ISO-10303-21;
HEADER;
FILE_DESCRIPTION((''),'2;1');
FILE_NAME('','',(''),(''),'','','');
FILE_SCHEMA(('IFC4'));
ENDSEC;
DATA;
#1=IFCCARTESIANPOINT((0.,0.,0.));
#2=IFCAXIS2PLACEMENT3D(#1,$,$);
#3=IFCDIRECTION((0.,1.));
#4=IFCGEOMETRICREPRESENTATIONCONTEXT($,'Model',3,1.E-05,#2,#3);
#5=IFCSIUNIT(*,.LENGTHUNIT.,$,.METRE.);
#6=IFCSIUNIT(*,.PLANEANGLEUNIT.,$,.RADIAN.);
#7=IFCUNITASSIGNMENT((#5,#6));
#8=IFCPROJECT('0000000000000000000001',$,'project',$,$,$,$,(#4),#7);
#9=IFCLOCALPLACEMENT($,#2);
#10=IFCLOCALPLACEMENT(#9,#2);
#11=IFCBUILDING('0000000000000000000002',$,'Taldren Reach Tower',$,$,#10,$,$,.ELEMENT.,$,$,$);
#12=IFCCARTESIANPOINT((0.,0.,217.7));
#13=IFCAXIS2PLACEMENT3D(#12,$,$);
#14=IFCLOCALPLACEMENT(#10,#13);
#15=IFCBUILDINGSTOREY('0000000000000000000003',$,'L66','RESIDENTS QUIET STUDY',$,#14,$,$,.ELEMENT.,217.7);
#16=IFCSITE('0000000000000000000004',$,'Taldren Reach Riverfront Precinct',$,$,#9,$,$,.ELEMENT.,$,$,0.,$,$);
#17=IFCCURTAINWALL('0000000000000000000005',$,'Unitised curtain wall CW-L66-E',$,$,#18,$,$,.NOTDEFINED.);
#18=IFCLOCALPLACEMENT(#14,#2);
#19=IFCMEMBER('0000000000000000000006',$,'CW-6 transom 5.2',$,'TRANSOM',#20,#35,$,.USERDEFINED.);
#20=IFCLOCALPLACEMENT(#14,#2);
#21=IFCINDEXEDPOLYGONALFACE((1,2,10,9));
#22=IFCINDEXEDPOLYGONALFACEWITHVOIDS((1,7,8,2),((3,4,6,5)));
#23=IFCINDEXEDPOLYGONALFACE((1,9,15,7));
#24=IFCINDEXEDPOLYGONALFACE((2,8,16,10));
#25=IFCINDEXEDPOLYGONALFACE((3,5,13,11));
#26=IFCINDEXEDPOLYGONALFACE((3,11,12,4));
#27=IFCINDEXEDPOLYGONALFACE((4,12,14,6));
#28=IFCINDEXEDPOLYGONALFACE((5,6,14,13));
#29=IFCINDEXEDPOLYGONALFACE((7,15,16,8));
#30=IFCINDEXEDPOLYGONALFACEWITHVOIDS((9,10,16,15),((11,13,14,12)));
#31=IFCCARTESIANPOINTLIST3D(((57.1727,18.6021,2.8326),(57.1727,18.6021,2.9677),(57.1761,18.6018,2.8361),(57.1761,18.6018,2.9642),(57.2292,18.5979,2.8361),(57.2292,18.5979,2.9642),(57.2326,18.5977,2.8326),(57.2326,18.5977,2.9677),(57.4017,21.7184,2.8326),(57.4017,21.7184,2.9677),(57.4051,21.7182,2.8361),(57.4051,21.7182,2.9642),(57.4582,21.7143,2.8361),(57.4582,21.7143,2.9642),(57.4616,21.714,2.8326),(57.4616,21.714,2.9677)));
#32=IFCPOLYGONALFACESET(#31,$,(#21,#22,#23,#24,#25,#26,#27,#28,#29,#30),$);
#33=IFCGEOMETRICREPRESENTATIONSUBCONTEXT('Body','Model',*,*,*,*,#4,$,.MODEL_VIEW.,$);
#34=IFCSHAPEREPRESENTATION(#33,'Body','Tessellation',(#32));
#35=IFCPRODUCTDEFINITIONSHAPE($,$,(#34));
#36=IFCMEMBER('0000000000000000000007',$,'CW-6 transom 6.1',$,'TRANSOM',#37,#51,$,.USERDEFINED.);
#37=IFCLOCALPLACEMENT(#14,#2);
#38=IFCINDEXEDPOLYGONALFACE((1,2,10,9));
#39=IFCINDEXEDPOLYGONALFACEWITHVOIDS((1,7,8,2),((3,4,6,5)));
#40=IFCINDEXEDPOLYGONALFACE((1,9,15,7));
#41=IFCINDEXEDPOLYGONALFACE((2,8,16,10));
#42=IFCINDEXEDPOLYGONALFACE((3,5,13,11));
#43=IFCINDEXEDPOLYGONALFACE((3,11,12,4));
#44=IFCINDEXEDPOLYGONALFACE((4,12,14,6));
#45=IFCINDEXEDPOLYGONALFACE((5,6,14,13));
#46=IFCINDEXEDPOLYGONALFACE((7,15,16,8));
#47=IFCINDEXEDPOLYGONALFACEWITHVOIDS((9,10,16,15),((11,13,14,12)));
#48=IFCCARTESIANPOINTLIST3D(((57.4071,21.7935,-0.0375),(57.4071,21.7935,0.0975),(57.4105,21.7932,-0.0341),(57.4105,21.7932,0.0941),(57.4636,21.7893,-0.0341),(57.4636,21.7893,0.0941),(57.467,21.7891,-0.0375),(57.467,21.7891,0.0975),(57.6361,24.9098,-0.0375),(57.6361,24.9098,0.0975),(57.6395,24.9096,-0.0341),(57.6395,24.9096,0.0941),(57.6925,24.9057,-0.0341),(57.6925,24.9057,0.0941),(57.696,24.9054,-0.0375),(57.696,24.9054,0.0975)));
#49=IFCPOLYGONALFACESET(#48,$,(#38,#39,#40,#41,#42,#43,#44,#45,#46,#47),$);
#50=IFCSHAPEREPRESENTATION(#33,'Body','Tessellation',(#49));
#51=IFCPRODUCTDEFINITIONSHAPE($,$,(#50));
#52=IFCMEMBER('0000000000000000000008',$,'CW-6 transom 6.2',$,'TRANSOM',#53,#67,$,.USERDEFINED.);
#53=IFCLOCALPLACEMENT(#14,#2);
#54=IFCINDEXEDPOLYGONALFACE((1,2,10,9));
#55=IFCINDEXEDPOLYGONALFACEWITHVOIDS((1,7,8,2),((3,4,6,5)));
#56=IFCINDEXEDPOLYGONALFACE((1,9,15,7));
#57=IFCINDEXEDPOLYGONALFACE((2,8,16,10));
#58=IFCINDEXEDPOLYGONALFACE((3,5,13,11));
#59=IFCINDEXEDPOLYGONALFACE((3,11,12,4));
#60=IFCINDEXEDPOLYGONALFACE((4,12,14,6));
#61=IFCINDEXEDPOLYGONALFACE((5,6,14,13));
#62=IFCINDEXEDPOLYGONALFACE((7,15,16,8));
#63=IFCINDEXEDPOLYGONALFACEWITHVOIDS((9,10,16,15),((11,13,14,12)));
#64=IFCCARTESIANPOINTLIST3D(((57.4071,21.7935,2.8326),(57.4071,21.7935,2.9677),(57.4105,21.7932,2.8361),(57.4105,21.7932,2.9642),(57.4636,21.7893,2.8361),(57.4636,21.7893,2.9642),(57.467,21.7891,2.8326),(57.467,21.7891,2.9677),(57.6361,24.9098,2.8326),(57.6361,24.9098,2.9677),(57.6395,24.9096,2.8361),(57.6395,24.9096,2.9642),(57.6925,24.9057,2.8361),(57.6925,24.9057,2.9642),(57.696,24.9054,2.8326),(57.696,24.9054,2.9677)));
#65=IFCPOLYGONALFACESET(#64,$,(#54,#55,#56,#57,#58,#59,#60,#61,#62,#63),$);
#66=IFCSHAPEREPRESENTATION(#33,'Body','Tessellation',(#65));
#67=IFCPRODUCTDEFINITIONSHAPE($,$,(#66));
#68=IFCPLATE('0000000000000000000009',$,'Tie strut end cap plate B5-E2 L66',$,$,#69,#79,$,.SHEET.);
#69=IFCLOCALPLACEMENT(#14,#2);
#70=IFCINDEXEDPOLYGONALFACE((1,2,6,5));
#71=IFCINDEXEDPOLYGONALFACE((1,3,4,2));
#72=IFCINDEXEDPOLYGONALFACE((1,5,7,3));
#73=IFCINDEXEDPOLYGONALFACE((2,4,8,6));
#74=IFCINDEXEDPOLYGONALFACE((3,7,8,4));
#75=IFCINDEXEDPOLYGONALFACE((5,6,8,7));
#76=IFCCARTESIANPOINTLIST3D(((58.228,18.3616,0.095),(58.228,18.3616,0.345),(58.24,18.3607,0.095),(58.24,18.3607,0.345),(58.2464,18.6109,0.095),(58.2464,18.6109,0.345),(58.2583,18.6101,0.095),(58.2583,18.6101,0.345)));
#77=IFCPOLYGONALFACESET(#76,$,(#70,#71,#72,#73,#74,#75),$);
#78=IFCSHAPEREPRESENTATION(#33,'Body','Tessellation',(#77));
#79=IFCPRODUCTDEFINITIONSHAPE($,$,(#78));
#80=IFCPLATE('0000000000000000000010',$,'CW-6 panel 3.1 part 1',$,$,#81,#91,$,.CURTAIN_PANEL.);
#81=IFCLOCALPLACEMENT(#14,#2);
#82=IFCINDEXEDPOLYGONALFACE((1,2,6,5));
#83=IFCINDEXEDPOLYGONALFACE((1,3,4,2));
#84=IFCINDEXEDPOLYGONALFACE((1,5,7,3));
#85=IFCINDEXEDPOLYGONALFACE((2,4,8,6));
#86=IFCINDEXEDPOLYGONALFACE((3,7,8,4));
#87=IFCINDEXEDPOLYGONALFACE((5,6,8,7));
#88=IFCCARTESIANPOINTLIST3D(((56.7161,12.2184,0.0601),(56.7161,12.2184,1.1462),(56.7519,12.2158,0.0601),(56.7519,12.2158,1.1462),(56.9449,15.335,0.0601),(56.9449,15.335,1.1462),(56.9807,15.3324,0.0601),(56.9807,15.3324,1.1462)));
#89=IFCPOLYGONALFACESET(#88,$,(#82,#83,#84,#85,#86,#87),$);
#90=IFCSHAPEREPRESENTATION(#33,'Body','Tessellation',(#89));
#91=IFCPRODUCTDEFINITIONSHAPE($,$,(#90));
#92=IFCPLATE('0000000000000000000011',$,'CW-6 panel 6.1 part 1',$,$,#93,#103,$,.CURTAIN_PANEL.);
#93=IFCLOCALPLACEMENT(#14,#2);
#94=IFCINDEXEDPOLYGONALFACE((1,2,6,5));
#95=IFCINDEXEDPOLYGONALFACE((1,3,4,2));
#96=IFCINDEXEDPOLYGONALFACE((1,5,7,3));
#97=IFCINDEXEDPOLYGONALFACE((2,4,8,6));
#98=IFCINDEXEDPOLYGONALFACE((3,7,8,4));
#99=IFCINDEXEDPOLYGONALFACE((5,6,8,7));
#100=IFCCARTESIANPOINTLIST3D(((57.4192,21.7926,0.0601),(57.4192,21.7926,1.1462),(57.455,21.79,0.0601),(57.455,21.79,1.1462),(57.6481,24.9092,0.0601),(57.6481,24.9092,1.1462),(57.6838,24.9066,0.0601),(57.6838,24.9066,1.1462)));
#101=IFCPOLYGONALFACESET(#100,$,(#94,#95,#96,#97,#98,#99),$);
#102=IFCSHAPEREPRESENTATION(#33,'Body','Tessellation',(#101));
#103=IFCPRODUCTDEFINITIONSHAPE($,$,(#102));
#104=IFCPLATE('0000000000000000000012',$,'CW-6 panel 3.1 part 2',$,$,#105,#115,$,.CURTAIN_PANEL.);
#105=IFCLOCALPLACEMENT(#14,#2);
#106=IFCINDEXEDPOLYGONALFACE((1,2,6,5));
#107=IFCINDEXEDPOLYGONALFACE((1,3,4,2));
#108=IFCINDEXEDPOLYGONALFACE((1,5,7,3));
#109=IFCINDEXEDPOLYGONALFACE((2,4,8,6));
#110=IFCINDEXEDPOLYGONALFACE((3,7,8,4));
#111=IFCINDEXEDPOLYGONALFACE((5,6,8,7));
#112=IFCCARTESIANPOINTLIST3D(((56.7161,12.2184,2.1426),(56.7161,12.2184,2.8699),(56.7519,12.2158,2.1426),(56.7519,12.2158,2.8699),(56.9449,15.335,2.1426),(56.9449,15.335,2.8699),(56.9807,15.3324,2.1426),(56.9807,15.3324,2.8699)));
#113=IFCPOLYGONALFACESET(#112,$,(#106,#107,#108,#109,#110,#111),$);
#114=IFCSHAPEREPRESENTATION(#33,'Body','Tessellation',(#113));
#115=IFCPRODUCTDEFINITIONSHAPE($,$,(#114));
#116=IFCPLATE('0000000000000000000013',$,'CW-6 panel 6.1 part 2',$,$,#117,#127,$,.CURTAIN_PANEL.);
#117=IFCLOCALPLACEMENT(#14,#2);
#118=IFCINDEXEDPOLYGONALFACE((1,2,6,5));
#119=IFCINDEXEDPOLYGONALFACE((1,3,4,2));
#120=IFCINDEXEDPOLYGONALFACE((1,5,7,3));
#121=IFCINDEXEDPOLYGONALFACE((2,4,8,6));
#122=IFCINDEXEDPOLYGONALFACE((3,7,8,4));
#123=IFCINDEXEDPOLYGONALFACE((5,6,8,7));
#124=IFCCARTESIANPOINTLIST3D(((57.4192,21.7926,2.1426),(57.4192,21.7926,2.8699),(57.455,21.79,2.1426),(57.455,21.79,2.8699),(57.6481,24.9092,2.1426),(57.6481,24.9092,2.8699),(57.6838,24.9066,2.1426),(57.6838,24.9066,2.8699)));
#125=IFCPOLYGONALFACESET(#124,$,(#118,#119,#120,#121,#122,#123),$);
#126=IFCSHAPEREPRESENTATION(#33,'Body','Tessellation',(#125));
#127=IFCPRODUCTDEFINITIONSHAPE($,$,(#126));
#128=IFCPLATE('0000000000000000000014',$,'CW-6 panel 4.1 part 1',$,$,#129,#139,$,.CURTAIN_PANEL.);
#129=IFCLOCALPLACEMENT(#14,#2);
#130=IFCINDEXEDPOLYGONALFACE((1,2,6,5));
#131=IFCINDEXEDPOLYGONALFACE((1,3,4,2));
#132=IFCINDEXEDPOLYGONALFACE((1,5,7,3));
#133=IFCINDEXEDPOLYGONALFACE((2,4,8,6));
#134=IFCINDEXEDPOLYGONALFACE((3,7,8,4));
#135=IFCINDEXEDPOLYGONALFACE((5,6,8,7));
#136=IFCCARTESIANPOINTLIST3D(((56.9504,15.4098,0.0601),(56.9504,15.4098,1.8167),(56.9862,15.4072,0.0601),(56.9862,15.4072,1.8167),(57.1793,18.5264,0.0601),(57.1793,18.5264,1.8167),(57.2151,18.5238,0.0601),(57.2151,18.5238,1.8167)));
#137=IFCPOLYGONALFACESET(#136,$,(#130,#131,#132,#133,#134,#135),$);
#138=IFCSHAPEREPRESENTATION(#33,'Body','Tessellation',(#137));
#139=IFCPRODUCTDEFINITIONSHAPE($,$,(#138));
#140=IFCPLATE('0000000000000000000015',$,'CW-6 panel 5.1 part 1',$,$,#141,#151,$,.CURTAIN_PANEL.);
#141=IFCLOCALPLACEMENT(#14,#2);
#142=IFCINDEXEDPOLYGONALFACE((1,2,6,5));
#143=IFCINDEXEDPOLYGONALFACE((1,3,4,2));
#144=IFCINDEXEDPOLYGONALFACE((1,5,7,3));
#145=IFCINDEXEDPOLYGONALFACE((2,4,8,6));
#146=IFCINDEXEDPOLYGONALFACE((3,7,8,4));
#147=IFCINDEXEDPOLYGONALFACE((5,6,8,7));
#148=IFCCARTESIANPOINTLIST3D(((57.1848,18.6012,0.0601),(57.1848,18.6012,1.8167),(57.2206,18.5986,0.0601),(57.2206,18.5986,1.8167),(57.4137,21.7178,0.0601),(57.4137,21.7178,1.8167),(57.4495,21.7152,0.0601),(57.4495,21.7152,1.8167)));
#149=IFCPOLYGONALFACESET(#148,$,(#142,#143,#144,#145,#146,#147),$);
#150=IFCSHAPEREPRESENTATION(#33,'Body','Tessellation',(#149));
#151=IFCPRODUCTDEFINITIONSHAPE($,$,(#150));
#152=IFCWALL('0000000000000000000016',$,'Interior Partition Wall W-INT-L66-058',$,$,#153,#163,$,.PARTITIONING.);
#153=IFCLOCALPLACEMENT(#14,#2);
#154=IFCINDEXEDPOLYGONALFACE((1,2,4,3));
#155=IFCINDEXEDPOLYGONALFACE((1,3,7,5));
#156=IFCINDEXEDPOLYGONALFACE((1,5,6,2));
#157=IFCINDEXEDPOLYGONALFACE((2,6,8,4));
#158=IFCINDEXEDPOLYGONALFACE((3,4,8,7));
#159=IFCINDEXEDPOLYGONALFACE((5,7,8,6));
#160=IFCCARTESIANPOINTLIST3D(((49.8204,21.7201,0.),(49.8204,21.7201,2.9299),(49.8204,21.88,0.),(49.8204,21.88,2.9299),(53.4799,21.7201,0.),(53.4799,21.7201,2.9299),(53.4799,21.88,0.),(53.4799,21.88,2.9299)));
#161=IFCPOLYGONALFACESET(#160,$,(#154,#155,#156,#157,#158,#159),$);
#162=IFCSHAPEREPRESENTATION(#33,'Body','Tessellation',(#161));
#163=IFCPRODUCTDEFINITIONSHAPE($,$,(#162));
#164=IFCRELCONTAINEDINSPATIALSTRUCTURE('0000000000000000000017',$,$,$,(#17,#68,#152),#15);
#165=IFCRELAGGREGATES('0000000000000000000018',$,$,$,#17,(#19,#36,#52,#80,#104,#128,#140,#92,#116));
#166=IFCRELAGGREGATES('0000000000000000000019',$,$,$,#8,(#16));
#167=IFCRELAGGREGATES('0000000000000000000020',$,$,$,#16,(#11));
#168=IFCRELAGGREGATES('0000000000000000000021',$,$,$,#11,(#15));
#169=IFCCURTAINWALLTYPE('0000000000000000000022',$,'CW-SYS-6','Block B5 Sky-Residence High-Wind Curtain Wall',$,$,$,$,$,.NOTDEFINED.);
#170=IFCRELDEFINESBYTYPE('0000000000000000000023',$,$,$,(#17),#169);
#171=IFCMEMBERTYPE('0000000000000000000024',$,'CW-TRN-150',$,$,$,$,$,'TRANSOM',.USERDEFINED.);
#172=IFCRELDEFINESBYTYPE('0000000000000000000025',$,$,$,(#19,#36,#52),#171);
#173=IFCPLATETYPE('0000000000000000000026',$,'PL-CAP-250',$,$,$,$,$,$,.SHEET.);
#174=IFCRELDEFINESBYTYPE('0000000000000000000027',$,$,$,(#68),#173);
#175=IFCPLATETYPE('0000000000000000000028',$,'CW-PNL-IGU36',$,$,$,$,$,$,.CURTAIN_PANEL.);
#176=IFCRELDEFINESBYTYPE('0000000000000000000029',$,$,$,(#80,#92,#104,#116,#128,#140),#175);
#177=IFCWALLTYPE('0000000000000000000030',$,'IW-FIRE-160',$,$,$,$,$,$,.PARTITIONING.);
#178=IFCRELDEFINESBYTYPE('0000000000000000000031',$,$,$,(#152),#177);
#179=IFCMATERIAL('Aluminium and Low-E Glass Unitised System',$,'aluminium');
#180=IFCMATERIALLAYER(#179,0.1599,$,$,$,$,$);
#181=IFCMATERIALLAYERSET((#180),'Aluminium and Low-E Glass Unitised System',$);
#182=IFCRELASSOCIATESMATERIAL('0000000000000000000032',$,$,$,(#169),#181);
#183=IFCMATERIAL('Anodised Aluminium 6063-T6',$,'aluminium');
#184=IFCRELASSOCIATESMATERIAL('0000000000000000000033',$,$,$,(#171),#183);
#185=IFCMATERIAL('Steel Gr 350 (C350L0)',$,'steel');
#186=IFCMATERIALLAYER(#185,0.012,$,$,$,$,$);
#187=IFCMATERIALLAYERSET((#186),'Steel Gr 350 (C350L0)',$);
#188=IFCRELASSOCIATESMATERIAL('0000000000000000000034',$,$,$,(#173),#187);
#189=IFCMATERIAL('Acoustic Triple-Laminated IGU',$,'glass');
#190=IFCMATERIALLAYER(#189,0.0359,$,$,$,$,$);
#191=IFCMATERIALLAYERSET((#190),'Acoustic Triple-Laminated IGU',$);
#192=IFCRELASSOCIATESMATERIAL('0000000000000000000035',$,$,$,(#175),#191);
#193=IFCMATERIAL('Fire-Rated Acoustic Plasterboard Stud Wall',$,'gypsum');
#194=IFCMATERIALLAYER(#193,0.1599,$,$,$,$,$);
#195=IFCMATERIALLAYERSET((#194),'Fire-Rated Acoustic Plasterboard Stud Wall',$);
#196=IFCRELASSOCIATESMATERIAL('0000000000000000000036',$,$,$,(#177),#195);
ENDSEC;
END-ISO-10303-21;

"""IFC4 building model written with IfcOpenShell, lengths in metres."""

from ifc_helpers import new_model, si_unit, direction, frame, frame_2d, origin, origin_2d, place, context, subcontext, project, spatial, rectangle, hollow_rectangle, extrude, source, transform, mapped, material, layer, layer_set, material_profile, profile_set, type_object, element, aggregate, save


model = new_model("IFC4")

# Units and contexts
model_context = context("Model", 3, precision=1e-05, world=origin(), true_north=direction((0.0, 1.0)))
body_context = subcontext(model_context, "Body", "Model", "MODEL_VIEW")
ifc_project = project(units=[si_unit("LENGTHUNIT", "METRE"), si_unit("PLANEANGLEUNIT", "RADIAN")], contexts=[model_context])

# Site, building, storey
site_placement = place(None, origin())
site = spatial("IfcSite", under=ifc_project, at=site_placement, Name="Taldren Reach Riverfront Precinct", CompositionType="ELEMENT", RefElevation=0.0)
building_placement = place(site_placement, origin())
building = spatial("IfcBuilding", under=site, at=building_placement, Name="Taldren Reach Tower", CompositionType="ELEMENT")
storey_placement = place(building_placement, frame((0.0, 0.0, 217.7)))
storey = spatial("IfcBuildingStorey", under=building, at=storey_placement, Name="L66", Description="RESIDENTS QUIET STUDY", CompositionType="ELEMENT", Elevation=217.7)

# Shared definitions
ifc_material_1 = material(Name="Steel Gr 350 (C350L0)", Category="steel")

# Curtain wall, members
ifc_material_2 = material(Name="Aluminium and Low-E Glass Unitised System", Category="aluminium")
ifc_layer_1 = layer(ifc_material_2, 0.1599)
ifc_layer_set_1 = layer_set([ifc_layer_1], Name="Aluminium and Low-E Glass Unitised System")
curtain_wall_type = type_object("IfcCurtainWallType", Name="CW-SYS-6", Description="Block B5 Sky-Residence High-Wind Curtain Wall", PredefinedType="NOTDEFINED", material=ifc_layer_set_1)
curtain_wall_placement = place(storey_placement, origin())
curtain_wall = element("IfcCurtainWall", 1, at=curtain_wall_placement, inside=storey, type_object=curtain_wall_type, Name="Unitised curtain wall CW-L66-E", PredefinedType="NOTDEFINED")
ifc_material_3 = material(Name="Anodised Aluminium 6063-T6", Category="aluminium")
ifc_material_profile_1 = material_profile(ifc_material_3, hollow_rectangle(XDim=0.0601, YDim=0.135, WallThickness=0.0034, at=origin_2d()), Name="ALU-135x60x3.5RHS")
ifc_profile_set_1 = profile_set([ifc_material_profile_1], Name="Anodised Aluminium 6063-T6")
member_type_1 = type_object("IfcMemberType", Name="CW-TRN-150", ElementType="TRANSOM", PredefinedType="USERDEFINED", material=ifc_profile_set_1)
shared_shape_1 = source(origin(), body_context, "Body", "SweptSolid", [
    extrude(hollow_rectangle(XDim=0.0601, YDim=0.135, WallThickness=0.0034, at=origin_2d()), origin(), (0.0, 0.0, 1.0), 3.1248),
])
member_1_placement = place(storey_placement, frame((57.2026, 18.5999, 2.9001), z_axis=(0.073285, 0.997311, 0.0), x_axis=(-0.997311, 0.073285, 0.0)))
member_1 = element("IfcMember", 2, at=member_1_placement, type_object=member_type_1, Name="CW-6 transom 5.2", ObjectType="TRANSOM", PredefinedType="USERDEFINED", context=body_context, shape_type="MappedRepresentation", body=[
    mapped(shared_shape_1, transform((0.0, 0.0, 0.0), scale=1.0)),
])
member_2_placement = place(storey_placement, frame((57.437, 21.7913, 0.03), z_axis=(0.073285, 0.997311, 0.0), x_axis=(-0.997311, 0.073285, 0.0)))
member_2 = element("IfcMember", 3, at=member_2_placement, type_object=member_type_1, Name="CW-6 transom 6.1", ObjectType="TRANSOM", PredefinedType="USERDEFINED", context=body_context, shape_type="MappedRepresentation", body=[
    mapped(shared_shape_1, transform((0.0, 0.0, 0.0), scale=1.0)),
])
member_3_placement = place(storey_placement, frame((57.437, 21.7913, 2.9001), z_axis=(0.073285, 0.997311, 0.0), x_axis=(-0.997311, 0.073285, 0.0)))
member_3 = element("IfcMember", 4, at=member_3_placement, type_object=member_type_1, Name="CW-6 transom 6.2", ObjectType="TRANSOM", PredefinedType="USERDEFINED", context=body_context, shape_type="MappedRepresentation", body=[
    mapped(shared_shape_1, transform((0.0, 0.0, 0.0), scale=1.0)),
])

# Plates
ifc_layer_2 = layer(ifc_material_1, 0.012)
ifc_layer_set_2 = layer_set([ifc_layer_2], Name="Steel Gr 350 (C350L0)")
plate_type_1 = type_object("IfcPlateType", Name="PL-CAP-250", PredefinedType="SHEET", material=ifc_layer_set_2)
shared_shape_2 = source(origin(), body_context, "Body", "SweptSolid", [
    extrude(rectangle(XDim=0.012, YDim=0.25, at=origin_2d()), origin(), (0.0, 0.0, 1.0), 0.25),
])
plate_1_placement = place(storey_placement, frame((58.2432, 18.4858, 0.095), z_axis=(0.0, 0.0, 1.0), x_axis=(0.997314, -0.073238, 0.0)))
element("IfcPlate", 5, at=plate_1_placement, inside=storey, type_object=plate_type_1, Name="Tie strut end cap plate B5-E2 L66", PredefinedType="SHEET", context=body_context, shape_type="MappedRepresentation", body=[
    mapped(shared_shape_2, transform((0.0, 0.0, 0.0), scale=1.0)),
])
ifc_material_4 = material(Name="Acoustic Triple-Laminated IGU", Category="glass")
ifc_layer_3 = layer(ifc_material_4, 0.0359)
ifc_layer_set_3 = layer_set([ifc_layer_3], Name="Acoustic Triple-Laminated IGU")
plate_type_2 = type_object("IfcPlateType", Name="CW-PNL-IGU36", PredefinedType="CURTAIN_PANEL", material=ifc_layer_set_3)
shared_shape_3 = source(origin(), body_context, "Body", "SweptSolid", [
    extrude(rectangle(XDim=3.125, YDim=0.0359, at=origin_2d()), origin(), (0.0, 0.0, 1.0), 1.0862),
])
plate_2_placement = place(storey_placement, frame((56.8484, 13.7754, 0.0601), z_axis=(0.0, 0.0, 1.0), x_axis=(0.073238, 0.997314, 0.0)))
plate_2 = element("IfcPlate", 6, at=plate_2_placement, type_object=plate_type_2, Name="CW-6 panel 3.1 part 1", PredefinedType="CURTAIN_PANEL", context=body_context, shape_type="MappedRepresentation", body=[
    mapped(shared_shape_3, transform((0.0, 0.0, 0.0), scale=1.0)),
])
plate_3_placement = place(storey_placement, frame((57.5515, 23.3496, 0.0601), z_axis=(0.0, 0.0, 1.0), x_axis=(0.073238, 0.997314, 0.0)))
plate_3 = element("IfcPlate", 7, at=plate_3_placement, type_object=plate_type_2, Name="CW-6 panel 6.1 part 1", PredefinedType="CURTAIN_PANEL", context=body_context, shape_type="MappedRepresentation", body=[
    mapped(shared_shape_3, transform((0.0, 0.0, 0.0), scale=1.0)),
])
shared_shape_4 = source(origin(), body_context, "Body", "SweptSolid", [
    extrude(rectangle(XDim=3.125, YDim=0.0359, at=origin_2d()), origin(), (0.0, 0.0, 1.0), 0.7273),
])
plate_4_placement = place(storey_placement, frame((56.8484, 13.7754, 2.1426), z_axis=(0.0, 0.0, 1.0), x_axis=(0.073238, 0.997314, 0.0)))
plate_4 = element("IfcPlate", 8, at=plate_4_placement, type_object=plate_type_2, Name="CW-6 panel 3.1 part 2", PredefinedType="CURTAIN_PANEL", context=body_context, shape_type="MappedRepresentation", body=[
    mapped(shared_shape_4, transform((0.0, 0.0, 0.0), scale=1.0)),
])
plate_5_placement = place(storey_placement, frame((57.5515, 23.3496, 2.1426), z_axis=(0.0, 0.0, 1.0), x_axis=(0.073238, 0.997314, 0.0)))
plate_5 = element("IfcPlate", 9, at=plate_5_placement, type_object=plate_type_2, Name="CW-6 panel 6.1 part 2", PredefinedType="CURTAIN_PANEL", context=body_context, shape_type="MappedRepresentation", body=[
    mapped(shared_shape_4, transform((0.0, 0.0, 0.0), scale=1.0)),
])
shared_shape_5 = source(origin(), body_context, "Body", "SweptSolid", [
    extrude(rectangle(XDim=3.125, YDim=0.0359, at=origin_2d()), origin(), (0.0, 0.0, 1.0), 1.7566),
])
plate_6_placement = place(storey_placement, frame((57.0828, 16.9668, 0.0601), z_axis=(0.0, 0.0, 1.0), x_axis=(0.073238, 0.997314, 0.0)))
plate_6 = element("IfcPlate", 10, at=plate_6_placement, type_object=plate_type_2, Name="CW-6 panel 4.1 part 1", PredefinedType="CURTAIN_PANEL", context=body_context, shape_type="MappedRepresentation", body=[
    mapped(shared_shape_5, transform((0.0, 0.0, 0.0), scale=1.0)),
])
plate_7_placement = place(storey_placement, frame((57.3171, 20.1582, 0.0601), z_axis=(0.0, 0.0, 1.0), x_axis=(0.073238, 0.997314, 0.0)))
plate_7 = element("IfcPlate", 11, at=plate_7_placement, type_object=plate_type_2, Name="CW-6 panel 5.1 part 1", PredefinedType="CURTAIN_PANEL", context=body_context, shape_type="MappedRepresentation", body=[
    mapped(shared_shape_5, transform((0.0, 0.0, 0.0), scale=1.0)),
])
aggregate(curtain_wall, [member_1, member_2, member_3, plate_2, plate_4, plate_6, plate_7, plate_3, plate_5])

# Wall
ifc_material_5 = material(Name="Fire-Rated Acoustic Plasterboard Stud Wall", Category="gypsum")
ifc_layer_4 = layer(ifc_material_5, 0.1599)
ifc_layer_set_4 = layer_set([ifc_layer_4], Name="Fire-Rated Acoustic Plasterboard Stud Wall")
wall_type_1 = type_object("IfcWallType", Name="IW-FIRE-160", PredefinedType="PARTITIONING", material=ifc_layer_set_4)
shared_shape_6 = source(origin(), body_context, "Body", "SweptSolid", [
    extrude(rectangle(XDim=3.6594, YDim=0.1599, at=frame_2d((1.8296, 0.0))), origin(), (0.0, 0.0, 1.0), 2.9299),
])
wall_1_placement = place(storey_placement, frame((53.4797, 21.8, 0.0), z_axis=(0.0, 0.0, 1.0), x_axis=(-1.0, 0.0, 0.0)))
element("IfcWall", 12, at=wall_1_placement, inside=storey, type_object=wall_type_1, Name="Interior Partition Wall W-INT-L66-058", PredefinedType="PARTITIONING", context=body_context, shape_type="MappedRepresentation", body=[
    mapped(shared_shape_6, transform((0.0, 0.0, 0.0), scale=1.0)),
])

save(model, "model.ifc")
